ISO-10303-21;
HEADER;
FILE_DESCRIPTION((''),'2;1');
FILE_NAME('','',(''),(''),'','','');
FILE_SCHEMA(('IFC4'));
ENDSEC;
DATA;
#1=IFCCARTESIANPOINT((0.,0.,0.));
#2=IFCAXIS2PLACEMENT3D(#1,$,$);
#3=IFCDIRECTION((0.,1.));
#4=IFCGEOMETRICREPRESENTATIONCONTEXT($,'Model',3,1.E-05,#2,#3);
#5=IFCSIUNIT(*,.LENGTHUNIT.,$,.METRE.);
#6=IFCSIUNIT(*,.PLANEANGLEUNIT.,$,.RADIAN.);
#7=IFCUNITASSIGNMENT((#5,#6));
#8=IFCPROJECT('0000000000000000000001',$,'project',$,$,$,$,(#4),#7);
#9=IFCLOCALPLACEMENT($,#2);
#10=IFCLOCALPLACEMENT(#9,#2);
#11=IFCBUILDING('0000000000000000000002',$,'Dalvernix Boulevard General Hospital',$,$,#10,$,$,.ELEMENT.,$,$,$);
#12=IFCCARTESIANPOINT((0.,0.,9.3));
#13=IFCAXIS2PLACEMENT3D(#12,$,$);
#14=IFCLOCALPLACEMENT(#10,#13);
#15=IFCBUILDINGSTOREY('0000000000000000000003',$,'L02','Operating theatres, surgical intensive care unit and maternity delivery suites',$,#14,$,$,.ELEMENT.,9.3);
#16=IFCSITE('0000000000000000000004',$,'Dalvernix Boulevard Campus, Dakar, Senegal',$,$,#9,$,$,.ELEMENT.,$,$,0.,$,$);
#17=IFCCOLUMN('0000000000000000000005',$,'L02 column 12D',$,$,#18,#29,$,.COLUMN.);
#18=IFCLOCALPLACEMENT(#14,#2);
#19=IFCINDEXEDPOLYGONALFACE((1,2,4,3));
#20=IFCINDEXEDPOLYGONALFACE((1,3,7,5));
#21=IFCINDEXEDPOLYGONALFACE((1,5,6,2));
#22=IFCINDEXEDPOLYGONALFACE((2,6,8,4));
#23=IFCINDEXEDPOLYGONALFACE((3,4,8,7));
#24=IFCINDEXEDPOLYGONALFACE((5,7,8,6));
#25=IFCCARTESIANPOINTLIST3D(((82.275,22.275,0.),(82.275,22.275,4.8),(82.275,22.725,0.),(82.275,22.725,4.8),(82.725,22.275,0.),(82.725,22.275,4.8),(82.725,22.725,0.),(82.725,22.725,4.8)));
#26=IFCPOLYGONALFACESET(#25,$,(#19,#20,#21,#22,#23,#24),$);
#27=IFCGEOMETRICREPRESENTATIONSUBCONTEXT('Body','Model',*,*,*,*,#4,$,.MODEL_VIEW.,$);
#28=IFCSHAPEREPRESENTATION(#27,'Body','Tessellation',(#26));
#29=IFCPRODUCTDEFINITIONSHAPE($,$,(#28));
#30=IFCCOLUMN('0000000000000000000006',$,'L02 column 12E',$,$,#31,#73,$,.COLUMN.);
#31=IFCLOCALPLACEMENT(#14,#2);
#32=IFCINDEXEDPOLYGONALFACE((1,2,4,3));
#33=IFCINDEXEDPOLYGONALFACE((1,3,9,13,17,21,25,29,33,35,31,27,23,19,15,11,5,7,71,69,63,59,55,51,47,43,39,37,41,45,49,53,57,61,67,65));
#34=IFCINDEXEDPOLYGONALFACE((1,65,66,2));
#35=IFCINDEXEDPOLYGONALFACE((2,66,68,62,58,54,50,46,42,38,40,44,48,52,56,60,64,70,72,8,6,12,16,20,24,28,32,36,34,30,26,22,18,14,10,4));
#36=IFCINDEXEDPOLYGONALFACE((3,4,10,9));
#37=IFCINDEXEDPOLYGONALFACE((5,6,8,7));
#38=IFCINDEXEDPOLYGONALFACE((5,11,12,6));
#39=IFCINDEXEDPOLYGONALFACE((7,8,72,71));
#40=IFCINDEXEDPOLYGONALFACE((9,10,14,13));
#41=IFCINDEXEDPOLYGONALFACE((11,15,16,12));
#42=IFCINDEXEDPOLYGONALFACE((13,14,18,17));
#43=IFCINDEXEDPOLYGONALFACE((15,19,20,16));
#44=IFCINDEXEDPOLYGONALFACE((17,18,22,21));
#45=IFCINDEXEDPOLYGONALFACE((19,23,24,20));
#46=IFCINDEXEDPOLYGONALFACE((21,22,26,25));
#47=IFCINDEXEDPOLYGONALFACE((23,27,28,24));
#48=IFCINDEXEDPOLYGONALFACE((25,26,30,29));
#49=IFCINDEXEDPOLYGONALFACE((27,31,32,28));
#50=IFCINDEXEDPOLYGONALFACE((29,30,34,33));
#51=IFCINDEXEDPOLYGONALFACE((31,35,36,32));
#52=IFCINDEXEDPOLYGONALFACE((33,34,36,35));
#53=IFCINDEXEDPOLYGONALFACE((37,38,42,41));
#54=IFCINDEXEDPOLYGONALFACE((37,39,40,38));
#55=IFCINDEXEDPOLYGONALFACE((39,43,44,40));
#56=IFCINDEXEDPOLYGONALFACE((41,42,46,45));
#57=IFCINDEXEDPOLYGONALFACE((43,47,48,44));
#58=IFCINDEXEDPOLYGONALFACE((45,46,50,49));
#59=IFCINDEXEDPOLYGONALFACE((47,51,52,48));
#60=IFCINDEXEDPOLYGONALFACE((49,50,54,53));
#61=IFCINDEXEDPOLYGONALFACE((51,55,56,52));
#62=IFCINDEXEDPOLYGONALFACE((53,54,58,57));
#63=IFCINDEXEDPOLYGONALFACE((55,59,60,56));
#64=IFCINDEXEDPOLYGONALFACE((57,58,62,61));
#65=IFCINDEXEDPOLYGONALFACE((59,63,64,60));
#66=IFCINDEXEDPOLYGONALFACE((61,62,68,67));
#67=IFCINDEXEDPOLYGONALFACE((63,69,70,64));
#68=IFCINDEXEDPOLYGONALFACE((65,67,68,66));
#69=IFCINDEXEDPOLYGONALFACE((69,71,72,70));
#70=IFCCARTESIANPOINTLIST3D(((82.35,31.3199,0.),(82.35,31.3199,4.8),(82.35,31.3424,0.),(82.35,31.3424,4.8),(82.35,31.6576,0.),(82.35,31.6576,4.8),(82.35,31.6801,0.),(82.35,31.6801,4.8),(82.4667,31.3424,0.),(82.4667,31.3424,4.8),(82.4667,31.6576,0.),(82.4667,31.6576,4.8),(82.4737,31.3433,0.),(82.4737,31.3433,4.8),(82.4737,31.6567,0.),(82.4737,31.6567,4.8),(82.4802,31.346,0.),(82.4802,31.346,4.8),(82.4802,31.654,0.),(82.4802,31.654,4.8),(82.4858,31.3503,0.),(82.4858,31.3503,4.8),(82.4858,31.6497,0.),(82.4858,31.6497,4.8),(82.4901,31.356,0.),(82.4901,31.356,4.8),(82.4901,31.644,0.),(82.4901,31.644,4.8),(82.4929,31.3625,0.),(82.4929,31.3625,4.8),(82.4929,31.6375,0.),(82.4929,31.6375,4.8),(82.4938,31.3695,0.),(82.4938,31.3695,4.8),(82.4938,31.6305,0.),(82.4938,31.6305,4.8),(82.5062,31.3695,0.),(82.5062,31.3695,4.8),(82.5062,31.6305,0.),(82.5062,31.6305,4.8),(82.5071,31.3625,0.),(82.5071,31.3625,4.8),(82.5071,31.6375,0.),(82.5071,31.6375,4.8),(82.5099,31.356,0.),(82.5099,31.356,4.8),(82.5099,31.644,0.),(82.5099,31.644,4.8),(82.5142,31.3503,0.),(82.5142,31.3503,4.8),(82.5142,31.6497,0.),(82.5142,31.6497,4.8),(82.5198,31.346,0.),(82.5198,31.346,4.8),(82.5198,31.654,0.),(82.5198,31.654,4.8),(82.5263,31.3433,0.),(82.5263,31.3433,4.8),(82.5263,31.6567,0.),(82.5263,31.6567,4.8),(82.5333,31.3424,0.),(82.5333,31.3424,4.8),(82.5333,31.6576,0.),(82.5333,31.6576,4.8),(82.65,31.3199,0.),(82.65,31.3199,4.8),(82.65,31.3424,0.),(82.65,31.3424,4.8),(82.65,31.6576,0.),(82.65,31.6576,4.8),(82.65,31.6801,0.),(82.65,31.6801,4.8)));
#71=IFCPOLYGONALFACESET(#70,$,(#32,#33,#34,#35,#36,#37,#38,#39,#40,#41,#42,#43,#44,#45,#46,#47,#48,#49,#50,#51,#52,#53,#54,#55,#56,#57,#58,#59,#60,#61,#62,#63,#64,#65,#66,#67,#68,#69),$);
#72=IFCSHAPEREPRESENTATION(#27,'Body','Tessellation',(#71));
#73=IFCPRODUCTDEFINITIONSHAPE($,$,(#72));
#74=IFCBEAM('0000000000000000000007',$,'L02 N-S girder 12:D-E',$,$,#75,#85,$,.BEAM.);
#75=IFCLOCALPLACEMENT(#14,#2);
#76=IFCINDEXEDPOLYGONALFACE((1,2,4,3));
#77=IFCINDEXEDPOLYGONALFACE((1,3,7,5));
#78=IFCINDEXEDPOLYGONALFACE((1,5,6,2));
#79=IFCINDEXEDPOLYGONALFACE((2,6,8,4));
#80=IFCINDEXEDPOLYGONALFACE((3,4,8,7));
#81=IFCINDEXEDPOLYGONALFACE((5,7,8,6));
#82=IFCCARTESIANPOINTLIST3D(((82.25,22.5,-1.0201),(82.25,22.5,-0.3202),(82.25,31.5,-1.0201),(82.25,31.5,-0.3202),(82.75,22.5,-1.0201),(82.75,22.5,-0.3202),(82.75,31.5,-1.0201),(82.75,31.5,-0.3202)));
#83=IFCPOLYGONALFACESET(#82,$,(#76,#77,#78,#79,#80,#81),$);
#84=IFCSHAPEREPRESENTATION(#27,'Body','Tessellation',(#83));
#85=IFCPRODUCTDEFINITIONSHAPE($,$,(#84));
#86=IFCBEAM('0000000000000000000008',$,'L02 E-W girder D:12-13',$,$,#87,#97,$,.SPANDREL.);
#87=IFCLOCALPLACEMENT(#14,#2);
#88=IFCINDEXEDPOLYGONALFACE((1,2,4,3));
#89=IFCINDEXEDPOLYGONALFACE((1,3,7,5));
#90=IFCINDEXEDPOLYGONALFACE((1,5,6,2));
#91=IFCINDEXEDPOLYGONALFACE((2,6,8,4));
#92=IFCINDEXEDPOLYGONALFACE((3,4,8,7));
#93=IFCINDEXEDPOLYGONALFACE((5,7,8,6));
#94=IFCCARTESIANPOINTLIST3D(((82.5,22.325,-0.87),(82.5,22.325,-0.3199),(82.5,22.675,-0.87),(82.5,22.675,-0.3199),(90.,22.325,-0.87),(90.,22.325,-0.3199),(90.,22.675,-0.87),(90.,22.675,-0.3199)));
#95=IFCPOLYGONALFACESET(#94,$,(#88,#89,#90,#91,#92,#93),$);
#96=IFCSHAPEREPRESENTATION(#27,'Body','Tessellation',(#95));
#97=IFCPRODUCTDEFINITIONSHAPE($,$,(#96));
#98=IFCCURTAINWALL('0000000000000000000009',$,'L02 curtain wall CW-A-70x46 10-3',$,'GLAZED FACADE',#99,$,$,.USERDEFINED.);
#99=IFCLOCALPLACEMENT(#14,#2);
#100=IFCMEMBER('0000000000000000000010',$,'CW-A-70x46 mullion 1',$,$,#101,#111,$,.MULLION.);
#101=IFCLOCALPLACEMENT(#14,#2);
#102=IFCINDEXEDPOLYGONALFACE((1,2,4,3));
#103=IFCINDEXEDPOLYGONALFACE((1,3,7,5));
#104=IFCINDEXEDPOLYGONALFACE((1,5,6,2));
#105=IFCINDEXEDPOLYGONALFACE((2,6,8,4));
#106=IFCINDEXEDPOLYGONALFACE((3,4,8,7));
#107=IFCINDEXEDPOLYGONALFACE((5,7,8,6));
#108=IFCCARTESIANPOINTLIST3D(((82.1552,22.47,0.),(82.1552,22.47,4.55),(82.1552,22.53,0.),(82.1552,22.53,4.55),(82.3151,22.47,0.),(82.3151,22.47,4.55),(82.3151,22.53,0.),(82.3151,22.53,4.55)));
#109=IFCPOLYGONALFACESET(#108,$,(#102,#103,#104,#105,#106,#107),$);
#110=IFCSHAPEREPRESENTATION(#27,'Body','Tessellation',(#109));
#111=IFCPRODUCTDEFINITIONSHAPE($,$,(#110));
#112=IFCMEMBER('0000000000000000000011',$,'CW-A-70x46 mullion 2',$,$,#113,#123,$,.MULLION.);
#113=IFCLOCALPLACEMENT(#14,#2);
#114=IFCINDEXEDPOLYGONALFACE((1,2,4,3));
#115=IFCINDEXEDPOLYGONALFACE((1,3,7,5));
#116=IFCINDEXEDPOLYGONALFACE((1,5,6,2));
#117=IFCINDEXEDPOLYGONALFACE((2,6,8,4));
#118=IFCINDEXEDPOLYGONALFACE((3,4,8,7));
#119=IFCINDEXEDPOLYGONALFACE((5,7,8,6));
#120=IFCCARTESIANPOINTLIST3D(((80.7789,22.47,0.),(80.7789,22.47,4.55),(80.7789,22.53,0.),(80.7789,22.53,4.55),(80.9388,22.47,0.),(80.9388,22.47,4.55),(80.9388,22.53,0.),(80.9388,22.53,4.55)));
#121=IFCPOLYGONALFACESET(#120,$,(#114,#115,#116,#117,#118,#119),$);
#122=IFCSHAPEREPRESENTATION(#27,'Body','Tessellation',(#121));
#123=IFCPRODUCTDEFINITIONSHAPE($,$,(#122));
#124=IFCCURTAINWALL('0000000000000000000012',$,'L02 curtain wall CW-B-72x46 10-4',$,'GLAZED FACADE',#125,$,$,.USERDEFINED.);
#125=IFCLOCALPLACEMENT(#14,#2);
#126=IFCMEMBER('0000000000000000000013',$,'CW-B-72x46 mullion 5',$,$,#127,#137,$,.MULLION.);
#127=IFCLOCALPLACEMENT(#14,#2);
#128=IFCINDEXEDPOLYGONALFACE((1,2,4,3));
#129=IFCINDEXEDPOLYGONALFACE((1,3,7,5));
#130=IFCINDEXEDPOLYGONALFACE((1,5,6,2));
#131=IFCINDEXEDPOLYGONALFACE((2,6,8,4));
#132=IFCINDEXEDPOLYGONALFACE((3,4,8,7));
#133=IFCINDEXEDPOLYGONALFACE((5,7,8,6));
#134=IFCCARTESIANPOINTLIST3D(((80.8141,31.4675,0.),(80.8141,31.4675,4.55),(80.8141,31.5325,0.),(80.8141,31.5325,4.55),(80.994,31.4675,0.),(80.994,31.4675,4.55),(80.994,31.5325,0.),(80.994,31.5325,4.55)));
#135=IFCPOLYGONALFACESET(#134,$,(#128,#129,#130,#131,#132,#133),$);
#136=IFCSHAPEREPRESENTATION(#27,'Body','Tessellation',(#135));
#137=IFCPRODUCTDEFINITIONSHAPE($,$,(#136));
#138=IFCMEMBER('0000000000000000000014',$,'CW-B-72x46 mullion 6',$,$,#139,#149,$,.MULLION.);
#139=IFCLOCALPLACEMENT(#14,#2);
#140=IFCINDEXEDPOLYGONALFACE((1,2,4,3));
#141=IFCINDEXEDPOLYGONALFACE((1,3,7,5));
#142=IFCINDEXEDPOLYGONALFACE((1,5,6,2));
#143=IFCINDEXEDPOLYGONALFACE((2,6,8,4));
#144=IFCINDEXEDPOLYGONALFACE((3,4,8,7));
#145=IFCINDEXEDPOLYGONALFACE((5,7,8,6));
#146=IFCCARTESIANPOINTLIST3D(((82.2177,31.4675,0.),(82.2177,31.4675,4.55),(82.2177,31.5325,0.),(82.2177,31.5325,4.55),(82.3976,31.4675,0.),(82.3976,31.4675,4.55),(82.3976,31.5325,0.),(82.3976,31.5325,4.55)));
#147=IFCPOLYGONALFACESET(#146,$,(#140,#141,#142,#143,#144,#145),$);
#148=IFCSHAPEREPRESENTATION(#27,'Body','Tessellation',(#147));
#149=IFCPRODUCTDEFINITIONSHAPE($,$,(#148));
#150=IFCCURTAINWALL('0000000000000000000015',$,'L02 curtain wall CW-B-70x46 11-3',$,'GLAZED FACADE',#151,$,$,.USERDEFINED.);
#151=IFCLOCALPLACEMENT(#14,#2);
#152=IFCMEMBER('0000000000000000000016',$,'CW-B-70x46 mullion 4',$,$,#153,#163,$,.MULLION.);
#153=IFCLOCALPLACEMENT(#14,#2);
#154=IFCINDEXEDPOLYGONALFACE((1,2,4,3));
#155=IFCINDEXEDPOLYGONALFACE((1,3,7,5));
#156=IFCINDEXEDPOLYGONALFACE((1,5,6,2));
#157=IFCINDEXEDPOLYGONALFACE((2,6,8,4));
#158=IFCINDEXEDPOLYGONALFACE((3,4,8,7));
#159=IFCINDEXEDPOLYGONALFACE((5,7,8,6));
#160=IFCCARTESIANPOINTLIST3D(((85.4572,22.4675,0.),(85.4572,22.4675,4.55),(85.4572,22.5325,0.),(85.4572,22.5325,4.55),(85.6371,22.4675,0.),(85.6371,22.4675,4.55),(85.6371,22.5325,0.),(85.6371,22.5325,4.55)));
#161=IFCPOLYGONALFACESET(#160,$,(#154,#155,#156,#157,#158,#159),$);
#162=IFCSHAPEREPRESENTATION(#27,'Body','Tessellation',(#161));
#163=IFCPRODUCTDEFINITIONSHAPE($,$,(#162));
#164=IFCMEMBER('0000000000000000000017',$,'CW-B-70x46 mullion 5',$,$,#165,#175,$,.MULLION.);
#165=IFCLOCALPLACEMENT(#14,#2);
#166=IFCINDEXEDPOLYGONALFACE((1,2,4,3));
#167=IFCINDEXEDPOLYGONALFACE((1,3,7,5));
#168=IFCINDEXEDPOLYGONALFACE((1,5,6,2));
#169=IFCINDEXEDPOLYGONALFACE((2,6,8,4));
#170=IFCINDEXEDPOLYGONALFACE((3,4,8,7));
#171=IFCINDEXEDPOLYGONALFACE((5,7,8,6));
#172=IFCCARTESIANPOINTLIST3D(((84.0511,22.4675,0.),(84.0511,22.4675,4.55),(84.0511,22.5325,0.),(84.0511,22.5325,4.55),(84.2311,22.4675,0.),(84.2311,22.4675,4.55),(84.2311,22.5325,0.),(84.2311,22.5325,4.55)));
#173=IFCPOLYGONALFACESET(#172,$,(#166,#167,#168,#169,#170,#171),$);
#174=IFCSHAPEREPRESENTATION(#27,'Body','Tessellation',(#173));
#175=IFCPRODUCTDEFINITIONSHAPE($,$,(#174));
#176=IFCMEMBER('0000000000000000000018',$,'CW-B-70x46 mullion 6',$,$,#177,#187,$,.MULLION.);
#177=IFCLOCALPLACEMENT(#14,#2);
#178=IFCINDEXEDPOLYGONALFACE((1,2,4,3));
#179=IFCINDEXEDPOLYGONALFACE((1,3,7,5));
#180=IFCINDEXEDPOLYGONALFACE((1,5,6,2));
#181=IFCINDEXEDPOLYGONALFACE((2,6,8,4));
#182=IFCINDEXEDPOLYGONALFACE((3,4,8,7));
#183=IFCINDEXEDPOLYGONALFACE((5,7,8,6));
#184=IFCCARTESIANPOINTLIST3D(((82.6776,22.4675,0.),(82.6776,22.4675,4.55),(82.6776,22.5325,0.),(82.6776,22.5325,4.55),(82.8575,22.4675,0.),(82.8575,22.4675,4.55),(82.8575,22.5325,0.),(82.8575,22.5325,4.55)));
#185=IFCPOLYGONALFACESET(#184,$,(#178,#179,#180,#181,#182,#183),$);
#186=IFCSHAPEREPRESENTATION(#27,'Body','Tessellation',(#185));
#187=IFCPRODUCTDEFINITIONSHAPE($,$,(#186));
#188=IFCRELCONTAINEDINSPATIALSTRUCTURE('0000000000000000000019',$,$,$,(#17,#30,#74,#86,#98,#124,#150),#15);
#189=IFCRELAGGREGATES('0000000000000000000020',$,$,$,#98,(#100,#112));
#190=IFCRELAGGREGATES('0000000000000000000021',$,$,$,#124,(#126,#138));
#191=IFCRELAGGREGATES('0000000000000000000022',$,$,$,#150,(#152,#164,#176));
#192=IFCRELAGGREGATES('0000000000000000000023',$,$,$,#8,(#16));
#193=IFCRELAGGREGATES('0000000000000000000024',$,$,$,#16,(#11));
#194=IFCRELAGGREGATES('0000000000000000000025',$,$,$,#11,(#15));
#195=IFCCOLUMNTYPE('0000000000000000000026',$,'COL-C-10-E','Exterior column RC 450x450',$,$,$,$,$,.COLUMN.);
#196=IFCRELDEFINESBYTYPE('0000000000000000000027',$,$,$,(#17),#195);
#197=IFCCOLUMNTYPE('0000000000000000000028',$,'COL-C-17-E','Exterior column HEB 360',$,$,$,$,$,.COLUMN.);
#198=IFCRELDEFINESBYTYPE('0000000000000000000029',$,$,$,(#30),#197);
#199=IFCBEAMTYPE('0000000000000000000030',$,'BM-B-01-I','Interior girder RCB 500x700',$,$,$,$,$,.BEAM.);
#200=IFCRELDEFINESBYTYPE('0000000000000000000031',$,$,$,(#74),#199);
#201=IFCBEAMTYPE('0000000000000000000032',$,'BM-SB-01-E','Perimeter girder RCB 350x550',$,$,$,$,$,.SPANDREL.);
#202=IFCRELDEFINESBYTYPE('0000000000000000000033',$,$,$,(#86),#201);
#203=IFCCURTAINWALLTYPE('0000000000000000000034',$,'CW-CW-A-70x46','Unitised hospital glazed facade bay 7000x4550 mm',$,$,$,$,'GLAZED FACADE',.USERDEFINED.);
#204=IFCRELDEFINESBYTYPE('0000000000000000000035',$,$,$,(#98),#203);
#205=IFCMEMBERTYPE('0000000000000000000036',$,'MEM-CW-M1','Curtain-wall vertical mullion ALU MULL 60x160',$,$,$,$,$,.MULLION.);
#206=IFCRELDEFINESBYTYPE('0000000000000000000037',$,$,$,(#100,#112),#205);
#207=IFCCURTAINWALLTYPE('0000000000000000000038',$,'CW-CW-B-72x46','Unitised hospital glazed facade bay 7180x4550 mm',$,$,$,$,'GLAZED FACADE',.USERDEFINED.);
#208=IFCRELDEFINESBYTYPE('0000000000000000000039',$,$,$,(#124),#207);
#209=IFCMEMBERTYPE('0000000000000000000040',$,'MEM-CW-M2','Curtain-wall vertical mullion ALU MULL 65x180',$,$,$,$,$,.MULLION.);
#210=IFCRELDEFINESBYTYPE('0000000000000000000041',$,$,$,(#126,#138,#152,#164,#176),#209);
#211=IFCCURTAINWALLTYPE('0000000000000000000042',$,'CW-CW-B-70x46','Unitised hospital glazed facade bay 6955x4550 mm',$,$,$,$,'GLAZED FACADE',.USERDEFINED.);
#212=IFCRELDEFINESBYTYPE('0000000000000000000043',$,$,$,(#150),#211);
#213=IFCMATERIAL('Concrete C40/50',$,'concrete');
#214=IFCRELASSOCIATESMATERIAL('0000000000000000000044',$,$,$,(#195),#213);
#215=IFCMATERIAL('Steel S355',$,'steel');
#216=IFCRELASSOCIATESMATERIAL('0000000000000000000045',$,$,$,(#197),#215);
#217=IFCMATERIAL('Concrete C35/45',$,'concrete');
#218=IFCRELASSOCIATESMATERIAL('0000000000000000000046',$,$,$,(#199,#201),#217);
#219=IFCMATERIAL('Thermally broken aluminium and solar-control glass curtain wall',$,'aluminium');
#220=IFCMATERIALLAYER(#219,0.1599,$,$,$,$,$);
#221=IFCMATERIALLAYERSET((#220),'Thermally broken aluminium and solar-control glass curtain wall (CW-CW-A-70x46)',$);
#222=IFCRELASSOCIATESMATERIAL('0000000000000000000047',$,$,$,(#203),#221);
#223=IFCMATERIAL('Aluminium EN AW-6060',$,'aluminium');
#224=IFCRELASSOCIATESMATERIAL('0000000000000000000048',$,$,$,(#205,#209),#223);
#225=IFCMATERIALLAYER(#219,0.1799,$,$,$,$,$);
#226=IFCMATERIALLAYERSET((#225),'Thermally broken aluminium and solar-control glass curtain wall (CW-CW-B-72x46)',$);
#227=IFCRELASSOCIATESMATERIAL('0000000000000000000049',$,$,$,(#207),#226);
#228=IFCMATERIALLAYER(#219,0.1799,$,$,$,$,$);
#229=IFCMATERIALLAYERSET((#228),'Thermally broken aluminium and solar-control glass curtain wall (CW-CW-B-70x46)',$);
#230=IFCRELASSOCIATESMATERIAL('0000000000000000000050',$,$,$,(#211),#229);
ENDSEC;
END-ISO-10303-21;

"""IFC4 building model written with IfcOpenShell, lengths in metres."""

from ifc_helpers import new_model, si_unit, direction, frame, origin, origin_2d, place, context, subcontext, project, spatial, rectangle, i_section, extrude, material, layer, layer_set, material_profile, profile_set, type_object, element, aggregate, save


model = new_model("IFC4")

# Units and contexts
model_context = context("Model", 3, precision=1e-05, world=origin(), true_north=direction((0.0, 1.0)))
body_context = subcontext(model_context, "Body", "Model", "MODEL_VIEW")
ifc_project = project(units=[si_unit("LENGTHUNIT", "METRE"), si_unit("PLANEANGLEUNIT", "RADIAN")], contexts=[model_context])

# Site, building, storey
site_placement = place(None, origin())
site = spatial("IfcSite", under=ifc_project, at=site_placement, Name="Dalvernix Boulevard Campus, Dakar, Senegal", CompositionType="ELEMENT", RefElevation=0.0)
building_placement = place(site_placement, origin())
building = spatial("IfcBuilding", under=site, at=building_placement, Name="Dalvernix Boulevard General Hospital", CompositionType="ELEMENT")
storey_placement = place(building_placement, frame((0.0, 0.0, 9.3)))
storey = spatial("IfcBuildingStorey", under=building, at=storey_placement, Name="L02", Description="Operating theatres, surgical intensive care unit and maternity delivery suites", CompositionType="ELEMENT", Elevation=9.3)

# Columns
ifc_material_1 = material(Name="Concrete C40/50", Category="concrete")
ifc_material_profile_1 = material_profile(ifc_material_1, rectangle(XDim=0.45, YDim=0.45, at=origin_2d()), Name="RC 450x450")
ifc_profile_set_1 = profile_set([ifc_material_profile_1], Name="Concrete C40/50")
column_type_1 = type_object("IfcColumnType", Name="COL-C-10-E", Description="Exterior column RC 450x450", PredefinedType="COLUMN", material=ifc_profile_set_1)
column_1_placement = place(storey_placement, frame((82.5, 22.5, 0.0), z_axis=(0.0, 0.0, 1.0), x_axis=(1.0, 0.0, 0.0)))
element("IfcColumn", 1, at=column_1_placement, inside=storey, type_object=column_type_1, Name="L02 column 12D", PredefinedType="COLUMN", context=body_context, shape_type="SweptSolid", body=[
    extrude(rectangle(XDim=0.45, YDim=0.45, at=origin_2d()), origin(), (0.0, 0.0, 1.0), 4.8),
])
ifc_material_2 = material(Name="Steel S355", Category="steel")
ifc_material_profile_2 = material_profile(ifc_material_2, i_section(OverallWidth=0.3, OverallDepth=0.3601, WebThickness=0.0125, FlangeThickness=0.0225, FilletRadius=0.0271, at=origin_2d()), Name="HEB 360")
ifc_profile_set_2 = profile_set([ifc_material_profile_2], Name="Steel S355")
column_type_2 = type_object("IfcColumnType", Name="COL-C-17-E", Description="Exterior column HEB 360", PredefinedType="COLUMN", material=ifc_profile_set_2)
column_2_placement = place(storey_placement, frame((82.5, 31.5, 0.0), z_axis=(0.0, 0.0, 1.0), x_axis=(1.0, 0.0, 0.0)))
element("IfcColumn", 2, at=column_2_placement, inside=storey, type_object=column_type_2, Name="L02 column 12E", PredefinedType="COLUMN", context=body_context, shape_type="SweptSolid", body=[
    extrude(i_section(OverallWidth=0.3, OverallDepth=0.3601, WebThickness=0.0125, FlangeThickness=0.0225, FilletRadius=0.0271, at=origin_2d()), origin(), (0.0, 0.0, 1.0), 4.8),
])

# Beams
ifc_material_3 = material(Name="Concrete C35/45", Category="concrete")
ifc_material_profile_3 = material_profile(ifc_material_3, rectangle(XDim=0.5, YDim=0.7, at=origin_2d()), Name="RCB 500x700")
ifc_profile_set_3 = profile_set([ifc_material_profile_3], Name="Concrete C35/45")
beam_type_1 = type_object("IfcBeamType", Name="BM-B-01-I", Description="Interior girder RCB 500x700", PredefinedType="BEAM", material=ifc_profile_set_3)
beam_1_placement = place(storey_placement, frame((82.5, 22.5, -0.6702), z_axis=(0.0, 1.0, 0.0), x_axis=(-1.0, 0.0, 0.0)))
element("IfcBeam", 3, at=beam_1_placement, inside=storey, type_object=beam_type_1, Name="L02 N-S girder 12:D-E", PredefinedType="BEAM", context=body_context, shape_type="SweptSolid", body=[
    extrude(rectangle(XDim=0.5, YDim=0.7, at=origin_2d()), origin(), (0.0, 0.0, 1.0), 9.0),
])
ifc_material_profile_4 = material_profile(ifc_material_3, rectangle(XDim=0.3501, YDim=0.55, at=origin_2d()), Name="RCB 350x550")
ifc_profile_set_4 = profile_set([ifc_material_profile_4], Name="Concrete C35/45")
beam_type_2 = type_object("IfcBeamType", Name="BM-SB-01-E", Description="Perimeter girder RCB 350x550", PredefinedType="SPANDREL", material=ifc_profile_set_4)
beam_2_placement = place(storey_placement, frame((82.5, 22.5, -0.595), z_axis=(1.0, 0.0, 0.0), x_axis=(0.0, 1.0, 0.0)))
element("IfcBeam", 4, at=beam_2_placement, inside=storey, type_object=beam_type_2, Name="L02 E-W girder D:12-13", PredefinedType="SPANDREL", context=body_context, shape_type="SweptSolid", body=[
    extrude(rectangle(XDim=0.3501, YDim=0.55, at=origin_2d()), origin(), (0.0, 0.0, 1.0), 7.5),
])

# Curtain walls, members
ifc_material_4 = material(Name="Thermally broken aluminium and solar-control glass curtain wall", Category="aluminium")
ifc_layer_1 = layer(ifc_material_4, 0.1599)
ifc_layer_set_1 = layer_set([ifc_layer_1], Name="Thermally broken aluminium and solar-control glass curtain wall (CW-CW-A-70x46)")
curtain_wall_type_1 = type_object("IfcCurtainWallType", Name="CW-CW-A-70x46", Description="Unitised hospital glazed facade bay 7000x4550 mm", ElementType="GLAZED FACADE", PredefinedType="USERDEFINED", material=ifc_layer_set_1)
curtain_wall_1_placement = place(storey_placement, origin())
curtain_wall_1 = element("IfcCurtainWall", 5, at=curtain_wall_1_placement, inside=storey, type_object=curtain_wall_type_1, Name="L02 curtain wall CW-A-70x46 10-3", ObjectType="GLAZED FACADE", PredefinedType="USERDEFINED")
ifc_material_5 = material(Name="Aluminium EN AW-6060", Category="aluminium")
ifc_material_profile_5 = material_profile(ifc_material_5, rectangle(XDim=0.0601, YDim=0.1599, at=origin_2d()), Name="ALU MULL 60x160")
ifc_profile_set_5 = profile_set([ifc_material_profile_5], Name="Aluminium EN AW-6060")
member_type_1 = type_object("IfcMemberType", Name="MEM-CW-M1", Description="Curtain-wall vertical mullion ALU MULL 60x160", PredefinedType="MULLION", material=ifc_profile_set_5)
member_1_placement = place(storey_placement, frame((82.2351, 22.5, 0.0), z_axis=(0.0, 0.0, 1.0), x_axis=(0.0, -1.0, 0.0)))
member_1 = element("IfcMember", 6, at=member_1_placement, type_object=member_type_1, Name="CW-A-70x46 mullion 1", PredefinedType="MULLION", context=body_context, shape_type="SweptSolid", body=[
    extrude(rectangle(XDim=0.0601, YDim=0.1599, at=origin_2d()), origin(), (0.0, 0.0, 1.0), 4.55),
])
member_2_placement = place(storey_placement, frame((80.8589, 22.5, 0.0), z_axis=(0.0, 0.0, 1.0), x_axis=(0.0, -1.0, 0.0)))
member_2 = element("IfcMember", 7, at=member_2_placement, type_object=member_type_1, Name="CW-A-70x46 mullion 2", PredefinedType="MULLION", context=body_context, shape_type="SweptSolid", body=[
    extrude(rectangle(XDim=0.0601, YDim=0.1599, at=origin_2d()), origin(), (0.0, 0.0, 1.0), 4.55),
])
ifc_layer_2 = layer(ifc_material_4, 0.1799)
ifc_layer_set_2 = layer_set([ifc_layer_2], Name="Thermally broken aluminium and solar-control glass curtain wall (CW-CW-B-72x46)")
curtain_wall_type_2 = type_object("IfcCurtainWallType", Name="CW-CW-B-72x46", Description="Unitised hospital glazed facade bay 7180x4550 mm", ElementType="GLAZED FACADE", PredefinedType="USERDEFINED", material=ifc_layer_set_2)
curtain_wall_2_placement = place(storey_placement, origin())
curtain_wall_2 = element("IfcCurtainWall", 8, at=curtain_wall_2_placement, inside=storey, type_object=curtain_wall_type_2, Name="L02 curtain wall CW-B-72x46 10-4", ObjectType="GLAZED FACADE", PredefinedType="USERDEFINED")
ifc_material_profile_6 = material_profile(ifc_material_5, rectangle(XDim=0.0649, YDim=0.1799, at=origin_2d()), Name="ALU MULL 65x180")
ifc_profile_set_6 = profile_set([ifc_material_profile_6], Name="Aluminium EN AW-6060")
member_type_2 = type_object("IfcMemberType", Name="MEM-CW-M2", Description="Curtain-wall vertical mullion ALU MULL 65x180", PredefinedType="MULLION", material=ifc_profile_set_6)
member_3_placement = place(storey_placement, frame((80.9041, 31.5, 0.0), z_axis=(0.0, 0.0, 1.0), x_axis=(0.0, 1.0, 0.0)))
member_3 = element("IfcMember", 9, at=member_3_placement, type_object=member_type_2, Name="CW-B-72x46 mullion 5", PredefinedType="MULLION", context=body_context, shape_type="SweptSolid", body=[
    extrude(rectangle(XDim=0.0649, YDim=0.1799, at=origin_2d()), origin(), (0.0, 0.0, 1.0), 4.55),
])
member_4_placement = place(storey_placement, frame((82.3076, 31.5, 0.0), z_axis=(0.0, 0.0, 1.0), x_axis=(0.0, 1.0, 0.0)))
member_4 = element("IfcMember", 10, at=member_4_placement, type_object=member_type_2, Name="CW-B-72x46 mullion 6", PredefinedType="MULLION", context=body_context, shape_type="SweptSolid", body=[
    extrude(rectangle(XDim=0.0649, YDim=0.1799, at=origin_2d()), origin(), (0.0, 0.0, 1.0), 4.55),
])
ifc_layer_3 = layer(ifc_material_4, 0.1799)
ifc_layer_set_3 = layer_set([ifc_layer_3], Name="Thermally broken aluminium and solar-control glass curtain wall (CW-CW-B-70x46)")
curtain_wall_type_3 = type_object("IfcCurtainWallType", Name="CW-CW-B-70x46", Description="Unitised hospital glazed facade bay 6955x4550 mm", ElementType="GLAZED FACADE", PredefinedType="USERDEFINED", material=ifc_layer_set_3)
curtain_wall_3_placement = place(storey_placement, origin())
curtain_wall_3 = element("IfcCurtainWall", 11, at=curtain_wall_3_placement, inside=storey, type_object=curtain_wall_type_3, Name="L02 curtain wall CW-B-70x46 11-3", ObjectType="GLAZED FACADE", PredefinedType="USERDEFINED")
member_5_placement = place(storey_placement, frame((85.5471, 22.5, 0.0), z_axis=(0.0, 0.0, 1.0), x_axis=(0.0, -1.0, 0.0)))
member_5 = element("IfcMember", 12, at=member_5_placement, type_object=member_type_2, Name="CW-B-70x46 mullion 4", PredefinedType="MULLION", context=body_context, shape_type="SweptSolid", body=[
    extrude(rectangle(XDim=0.0649, YDim=0.1799, at=origin_2d()), origin(), (0.0, 0.0, 1.0), 4.55),
])
member_6_placement = place(storey_placement, frame((84.1411, 22.5, 0.0), z_axis=(0.0, 0.0, 1.0), x_axis=(0.0, -1.0, 0.0)))
member_6 = element("IfcMember", 13, at=member_6_placement, type_object=member_type_2, Name="CW-B-70x46 mullion 5", PredefinedType="MULLION", context=body_context, shape_type="SweptSolid", body=[
    extrude(rectangle(XDim=0.0649, YDim=0.1799, at=origin_2d()), origin(), (0.0, 0.0, 1.0), 4.55),
])
member_7_placement = place(storey_placement, frame((82.7676, 22.5, 0.0), z_axis=(0.0, 0.0, 1.0), x_axis=(0.0, -1.0, 0.0)))
member_7 = element("IfcMember", 14, at=member_7_placement, type_object=member_type_2, Name="CW-B-70x46 mullion 6", PredefinedType="MULLION", context=body_context, shape_type="SweptSolid", body=[
    extrude(rectangle(XDim=0.0649, YDim=0.1799, at=origin_2d()), origin(), (0.0, 0.0, 1.0), 4.55),
])

aggregate(curtain_wall_1, [member_1, member_2])
aggregate(curtain_wall_2, [member_3, member_4])
aggregate(curtain_wall_3, [member_5, member_6, member_7])

save(model, "model.ifc")
